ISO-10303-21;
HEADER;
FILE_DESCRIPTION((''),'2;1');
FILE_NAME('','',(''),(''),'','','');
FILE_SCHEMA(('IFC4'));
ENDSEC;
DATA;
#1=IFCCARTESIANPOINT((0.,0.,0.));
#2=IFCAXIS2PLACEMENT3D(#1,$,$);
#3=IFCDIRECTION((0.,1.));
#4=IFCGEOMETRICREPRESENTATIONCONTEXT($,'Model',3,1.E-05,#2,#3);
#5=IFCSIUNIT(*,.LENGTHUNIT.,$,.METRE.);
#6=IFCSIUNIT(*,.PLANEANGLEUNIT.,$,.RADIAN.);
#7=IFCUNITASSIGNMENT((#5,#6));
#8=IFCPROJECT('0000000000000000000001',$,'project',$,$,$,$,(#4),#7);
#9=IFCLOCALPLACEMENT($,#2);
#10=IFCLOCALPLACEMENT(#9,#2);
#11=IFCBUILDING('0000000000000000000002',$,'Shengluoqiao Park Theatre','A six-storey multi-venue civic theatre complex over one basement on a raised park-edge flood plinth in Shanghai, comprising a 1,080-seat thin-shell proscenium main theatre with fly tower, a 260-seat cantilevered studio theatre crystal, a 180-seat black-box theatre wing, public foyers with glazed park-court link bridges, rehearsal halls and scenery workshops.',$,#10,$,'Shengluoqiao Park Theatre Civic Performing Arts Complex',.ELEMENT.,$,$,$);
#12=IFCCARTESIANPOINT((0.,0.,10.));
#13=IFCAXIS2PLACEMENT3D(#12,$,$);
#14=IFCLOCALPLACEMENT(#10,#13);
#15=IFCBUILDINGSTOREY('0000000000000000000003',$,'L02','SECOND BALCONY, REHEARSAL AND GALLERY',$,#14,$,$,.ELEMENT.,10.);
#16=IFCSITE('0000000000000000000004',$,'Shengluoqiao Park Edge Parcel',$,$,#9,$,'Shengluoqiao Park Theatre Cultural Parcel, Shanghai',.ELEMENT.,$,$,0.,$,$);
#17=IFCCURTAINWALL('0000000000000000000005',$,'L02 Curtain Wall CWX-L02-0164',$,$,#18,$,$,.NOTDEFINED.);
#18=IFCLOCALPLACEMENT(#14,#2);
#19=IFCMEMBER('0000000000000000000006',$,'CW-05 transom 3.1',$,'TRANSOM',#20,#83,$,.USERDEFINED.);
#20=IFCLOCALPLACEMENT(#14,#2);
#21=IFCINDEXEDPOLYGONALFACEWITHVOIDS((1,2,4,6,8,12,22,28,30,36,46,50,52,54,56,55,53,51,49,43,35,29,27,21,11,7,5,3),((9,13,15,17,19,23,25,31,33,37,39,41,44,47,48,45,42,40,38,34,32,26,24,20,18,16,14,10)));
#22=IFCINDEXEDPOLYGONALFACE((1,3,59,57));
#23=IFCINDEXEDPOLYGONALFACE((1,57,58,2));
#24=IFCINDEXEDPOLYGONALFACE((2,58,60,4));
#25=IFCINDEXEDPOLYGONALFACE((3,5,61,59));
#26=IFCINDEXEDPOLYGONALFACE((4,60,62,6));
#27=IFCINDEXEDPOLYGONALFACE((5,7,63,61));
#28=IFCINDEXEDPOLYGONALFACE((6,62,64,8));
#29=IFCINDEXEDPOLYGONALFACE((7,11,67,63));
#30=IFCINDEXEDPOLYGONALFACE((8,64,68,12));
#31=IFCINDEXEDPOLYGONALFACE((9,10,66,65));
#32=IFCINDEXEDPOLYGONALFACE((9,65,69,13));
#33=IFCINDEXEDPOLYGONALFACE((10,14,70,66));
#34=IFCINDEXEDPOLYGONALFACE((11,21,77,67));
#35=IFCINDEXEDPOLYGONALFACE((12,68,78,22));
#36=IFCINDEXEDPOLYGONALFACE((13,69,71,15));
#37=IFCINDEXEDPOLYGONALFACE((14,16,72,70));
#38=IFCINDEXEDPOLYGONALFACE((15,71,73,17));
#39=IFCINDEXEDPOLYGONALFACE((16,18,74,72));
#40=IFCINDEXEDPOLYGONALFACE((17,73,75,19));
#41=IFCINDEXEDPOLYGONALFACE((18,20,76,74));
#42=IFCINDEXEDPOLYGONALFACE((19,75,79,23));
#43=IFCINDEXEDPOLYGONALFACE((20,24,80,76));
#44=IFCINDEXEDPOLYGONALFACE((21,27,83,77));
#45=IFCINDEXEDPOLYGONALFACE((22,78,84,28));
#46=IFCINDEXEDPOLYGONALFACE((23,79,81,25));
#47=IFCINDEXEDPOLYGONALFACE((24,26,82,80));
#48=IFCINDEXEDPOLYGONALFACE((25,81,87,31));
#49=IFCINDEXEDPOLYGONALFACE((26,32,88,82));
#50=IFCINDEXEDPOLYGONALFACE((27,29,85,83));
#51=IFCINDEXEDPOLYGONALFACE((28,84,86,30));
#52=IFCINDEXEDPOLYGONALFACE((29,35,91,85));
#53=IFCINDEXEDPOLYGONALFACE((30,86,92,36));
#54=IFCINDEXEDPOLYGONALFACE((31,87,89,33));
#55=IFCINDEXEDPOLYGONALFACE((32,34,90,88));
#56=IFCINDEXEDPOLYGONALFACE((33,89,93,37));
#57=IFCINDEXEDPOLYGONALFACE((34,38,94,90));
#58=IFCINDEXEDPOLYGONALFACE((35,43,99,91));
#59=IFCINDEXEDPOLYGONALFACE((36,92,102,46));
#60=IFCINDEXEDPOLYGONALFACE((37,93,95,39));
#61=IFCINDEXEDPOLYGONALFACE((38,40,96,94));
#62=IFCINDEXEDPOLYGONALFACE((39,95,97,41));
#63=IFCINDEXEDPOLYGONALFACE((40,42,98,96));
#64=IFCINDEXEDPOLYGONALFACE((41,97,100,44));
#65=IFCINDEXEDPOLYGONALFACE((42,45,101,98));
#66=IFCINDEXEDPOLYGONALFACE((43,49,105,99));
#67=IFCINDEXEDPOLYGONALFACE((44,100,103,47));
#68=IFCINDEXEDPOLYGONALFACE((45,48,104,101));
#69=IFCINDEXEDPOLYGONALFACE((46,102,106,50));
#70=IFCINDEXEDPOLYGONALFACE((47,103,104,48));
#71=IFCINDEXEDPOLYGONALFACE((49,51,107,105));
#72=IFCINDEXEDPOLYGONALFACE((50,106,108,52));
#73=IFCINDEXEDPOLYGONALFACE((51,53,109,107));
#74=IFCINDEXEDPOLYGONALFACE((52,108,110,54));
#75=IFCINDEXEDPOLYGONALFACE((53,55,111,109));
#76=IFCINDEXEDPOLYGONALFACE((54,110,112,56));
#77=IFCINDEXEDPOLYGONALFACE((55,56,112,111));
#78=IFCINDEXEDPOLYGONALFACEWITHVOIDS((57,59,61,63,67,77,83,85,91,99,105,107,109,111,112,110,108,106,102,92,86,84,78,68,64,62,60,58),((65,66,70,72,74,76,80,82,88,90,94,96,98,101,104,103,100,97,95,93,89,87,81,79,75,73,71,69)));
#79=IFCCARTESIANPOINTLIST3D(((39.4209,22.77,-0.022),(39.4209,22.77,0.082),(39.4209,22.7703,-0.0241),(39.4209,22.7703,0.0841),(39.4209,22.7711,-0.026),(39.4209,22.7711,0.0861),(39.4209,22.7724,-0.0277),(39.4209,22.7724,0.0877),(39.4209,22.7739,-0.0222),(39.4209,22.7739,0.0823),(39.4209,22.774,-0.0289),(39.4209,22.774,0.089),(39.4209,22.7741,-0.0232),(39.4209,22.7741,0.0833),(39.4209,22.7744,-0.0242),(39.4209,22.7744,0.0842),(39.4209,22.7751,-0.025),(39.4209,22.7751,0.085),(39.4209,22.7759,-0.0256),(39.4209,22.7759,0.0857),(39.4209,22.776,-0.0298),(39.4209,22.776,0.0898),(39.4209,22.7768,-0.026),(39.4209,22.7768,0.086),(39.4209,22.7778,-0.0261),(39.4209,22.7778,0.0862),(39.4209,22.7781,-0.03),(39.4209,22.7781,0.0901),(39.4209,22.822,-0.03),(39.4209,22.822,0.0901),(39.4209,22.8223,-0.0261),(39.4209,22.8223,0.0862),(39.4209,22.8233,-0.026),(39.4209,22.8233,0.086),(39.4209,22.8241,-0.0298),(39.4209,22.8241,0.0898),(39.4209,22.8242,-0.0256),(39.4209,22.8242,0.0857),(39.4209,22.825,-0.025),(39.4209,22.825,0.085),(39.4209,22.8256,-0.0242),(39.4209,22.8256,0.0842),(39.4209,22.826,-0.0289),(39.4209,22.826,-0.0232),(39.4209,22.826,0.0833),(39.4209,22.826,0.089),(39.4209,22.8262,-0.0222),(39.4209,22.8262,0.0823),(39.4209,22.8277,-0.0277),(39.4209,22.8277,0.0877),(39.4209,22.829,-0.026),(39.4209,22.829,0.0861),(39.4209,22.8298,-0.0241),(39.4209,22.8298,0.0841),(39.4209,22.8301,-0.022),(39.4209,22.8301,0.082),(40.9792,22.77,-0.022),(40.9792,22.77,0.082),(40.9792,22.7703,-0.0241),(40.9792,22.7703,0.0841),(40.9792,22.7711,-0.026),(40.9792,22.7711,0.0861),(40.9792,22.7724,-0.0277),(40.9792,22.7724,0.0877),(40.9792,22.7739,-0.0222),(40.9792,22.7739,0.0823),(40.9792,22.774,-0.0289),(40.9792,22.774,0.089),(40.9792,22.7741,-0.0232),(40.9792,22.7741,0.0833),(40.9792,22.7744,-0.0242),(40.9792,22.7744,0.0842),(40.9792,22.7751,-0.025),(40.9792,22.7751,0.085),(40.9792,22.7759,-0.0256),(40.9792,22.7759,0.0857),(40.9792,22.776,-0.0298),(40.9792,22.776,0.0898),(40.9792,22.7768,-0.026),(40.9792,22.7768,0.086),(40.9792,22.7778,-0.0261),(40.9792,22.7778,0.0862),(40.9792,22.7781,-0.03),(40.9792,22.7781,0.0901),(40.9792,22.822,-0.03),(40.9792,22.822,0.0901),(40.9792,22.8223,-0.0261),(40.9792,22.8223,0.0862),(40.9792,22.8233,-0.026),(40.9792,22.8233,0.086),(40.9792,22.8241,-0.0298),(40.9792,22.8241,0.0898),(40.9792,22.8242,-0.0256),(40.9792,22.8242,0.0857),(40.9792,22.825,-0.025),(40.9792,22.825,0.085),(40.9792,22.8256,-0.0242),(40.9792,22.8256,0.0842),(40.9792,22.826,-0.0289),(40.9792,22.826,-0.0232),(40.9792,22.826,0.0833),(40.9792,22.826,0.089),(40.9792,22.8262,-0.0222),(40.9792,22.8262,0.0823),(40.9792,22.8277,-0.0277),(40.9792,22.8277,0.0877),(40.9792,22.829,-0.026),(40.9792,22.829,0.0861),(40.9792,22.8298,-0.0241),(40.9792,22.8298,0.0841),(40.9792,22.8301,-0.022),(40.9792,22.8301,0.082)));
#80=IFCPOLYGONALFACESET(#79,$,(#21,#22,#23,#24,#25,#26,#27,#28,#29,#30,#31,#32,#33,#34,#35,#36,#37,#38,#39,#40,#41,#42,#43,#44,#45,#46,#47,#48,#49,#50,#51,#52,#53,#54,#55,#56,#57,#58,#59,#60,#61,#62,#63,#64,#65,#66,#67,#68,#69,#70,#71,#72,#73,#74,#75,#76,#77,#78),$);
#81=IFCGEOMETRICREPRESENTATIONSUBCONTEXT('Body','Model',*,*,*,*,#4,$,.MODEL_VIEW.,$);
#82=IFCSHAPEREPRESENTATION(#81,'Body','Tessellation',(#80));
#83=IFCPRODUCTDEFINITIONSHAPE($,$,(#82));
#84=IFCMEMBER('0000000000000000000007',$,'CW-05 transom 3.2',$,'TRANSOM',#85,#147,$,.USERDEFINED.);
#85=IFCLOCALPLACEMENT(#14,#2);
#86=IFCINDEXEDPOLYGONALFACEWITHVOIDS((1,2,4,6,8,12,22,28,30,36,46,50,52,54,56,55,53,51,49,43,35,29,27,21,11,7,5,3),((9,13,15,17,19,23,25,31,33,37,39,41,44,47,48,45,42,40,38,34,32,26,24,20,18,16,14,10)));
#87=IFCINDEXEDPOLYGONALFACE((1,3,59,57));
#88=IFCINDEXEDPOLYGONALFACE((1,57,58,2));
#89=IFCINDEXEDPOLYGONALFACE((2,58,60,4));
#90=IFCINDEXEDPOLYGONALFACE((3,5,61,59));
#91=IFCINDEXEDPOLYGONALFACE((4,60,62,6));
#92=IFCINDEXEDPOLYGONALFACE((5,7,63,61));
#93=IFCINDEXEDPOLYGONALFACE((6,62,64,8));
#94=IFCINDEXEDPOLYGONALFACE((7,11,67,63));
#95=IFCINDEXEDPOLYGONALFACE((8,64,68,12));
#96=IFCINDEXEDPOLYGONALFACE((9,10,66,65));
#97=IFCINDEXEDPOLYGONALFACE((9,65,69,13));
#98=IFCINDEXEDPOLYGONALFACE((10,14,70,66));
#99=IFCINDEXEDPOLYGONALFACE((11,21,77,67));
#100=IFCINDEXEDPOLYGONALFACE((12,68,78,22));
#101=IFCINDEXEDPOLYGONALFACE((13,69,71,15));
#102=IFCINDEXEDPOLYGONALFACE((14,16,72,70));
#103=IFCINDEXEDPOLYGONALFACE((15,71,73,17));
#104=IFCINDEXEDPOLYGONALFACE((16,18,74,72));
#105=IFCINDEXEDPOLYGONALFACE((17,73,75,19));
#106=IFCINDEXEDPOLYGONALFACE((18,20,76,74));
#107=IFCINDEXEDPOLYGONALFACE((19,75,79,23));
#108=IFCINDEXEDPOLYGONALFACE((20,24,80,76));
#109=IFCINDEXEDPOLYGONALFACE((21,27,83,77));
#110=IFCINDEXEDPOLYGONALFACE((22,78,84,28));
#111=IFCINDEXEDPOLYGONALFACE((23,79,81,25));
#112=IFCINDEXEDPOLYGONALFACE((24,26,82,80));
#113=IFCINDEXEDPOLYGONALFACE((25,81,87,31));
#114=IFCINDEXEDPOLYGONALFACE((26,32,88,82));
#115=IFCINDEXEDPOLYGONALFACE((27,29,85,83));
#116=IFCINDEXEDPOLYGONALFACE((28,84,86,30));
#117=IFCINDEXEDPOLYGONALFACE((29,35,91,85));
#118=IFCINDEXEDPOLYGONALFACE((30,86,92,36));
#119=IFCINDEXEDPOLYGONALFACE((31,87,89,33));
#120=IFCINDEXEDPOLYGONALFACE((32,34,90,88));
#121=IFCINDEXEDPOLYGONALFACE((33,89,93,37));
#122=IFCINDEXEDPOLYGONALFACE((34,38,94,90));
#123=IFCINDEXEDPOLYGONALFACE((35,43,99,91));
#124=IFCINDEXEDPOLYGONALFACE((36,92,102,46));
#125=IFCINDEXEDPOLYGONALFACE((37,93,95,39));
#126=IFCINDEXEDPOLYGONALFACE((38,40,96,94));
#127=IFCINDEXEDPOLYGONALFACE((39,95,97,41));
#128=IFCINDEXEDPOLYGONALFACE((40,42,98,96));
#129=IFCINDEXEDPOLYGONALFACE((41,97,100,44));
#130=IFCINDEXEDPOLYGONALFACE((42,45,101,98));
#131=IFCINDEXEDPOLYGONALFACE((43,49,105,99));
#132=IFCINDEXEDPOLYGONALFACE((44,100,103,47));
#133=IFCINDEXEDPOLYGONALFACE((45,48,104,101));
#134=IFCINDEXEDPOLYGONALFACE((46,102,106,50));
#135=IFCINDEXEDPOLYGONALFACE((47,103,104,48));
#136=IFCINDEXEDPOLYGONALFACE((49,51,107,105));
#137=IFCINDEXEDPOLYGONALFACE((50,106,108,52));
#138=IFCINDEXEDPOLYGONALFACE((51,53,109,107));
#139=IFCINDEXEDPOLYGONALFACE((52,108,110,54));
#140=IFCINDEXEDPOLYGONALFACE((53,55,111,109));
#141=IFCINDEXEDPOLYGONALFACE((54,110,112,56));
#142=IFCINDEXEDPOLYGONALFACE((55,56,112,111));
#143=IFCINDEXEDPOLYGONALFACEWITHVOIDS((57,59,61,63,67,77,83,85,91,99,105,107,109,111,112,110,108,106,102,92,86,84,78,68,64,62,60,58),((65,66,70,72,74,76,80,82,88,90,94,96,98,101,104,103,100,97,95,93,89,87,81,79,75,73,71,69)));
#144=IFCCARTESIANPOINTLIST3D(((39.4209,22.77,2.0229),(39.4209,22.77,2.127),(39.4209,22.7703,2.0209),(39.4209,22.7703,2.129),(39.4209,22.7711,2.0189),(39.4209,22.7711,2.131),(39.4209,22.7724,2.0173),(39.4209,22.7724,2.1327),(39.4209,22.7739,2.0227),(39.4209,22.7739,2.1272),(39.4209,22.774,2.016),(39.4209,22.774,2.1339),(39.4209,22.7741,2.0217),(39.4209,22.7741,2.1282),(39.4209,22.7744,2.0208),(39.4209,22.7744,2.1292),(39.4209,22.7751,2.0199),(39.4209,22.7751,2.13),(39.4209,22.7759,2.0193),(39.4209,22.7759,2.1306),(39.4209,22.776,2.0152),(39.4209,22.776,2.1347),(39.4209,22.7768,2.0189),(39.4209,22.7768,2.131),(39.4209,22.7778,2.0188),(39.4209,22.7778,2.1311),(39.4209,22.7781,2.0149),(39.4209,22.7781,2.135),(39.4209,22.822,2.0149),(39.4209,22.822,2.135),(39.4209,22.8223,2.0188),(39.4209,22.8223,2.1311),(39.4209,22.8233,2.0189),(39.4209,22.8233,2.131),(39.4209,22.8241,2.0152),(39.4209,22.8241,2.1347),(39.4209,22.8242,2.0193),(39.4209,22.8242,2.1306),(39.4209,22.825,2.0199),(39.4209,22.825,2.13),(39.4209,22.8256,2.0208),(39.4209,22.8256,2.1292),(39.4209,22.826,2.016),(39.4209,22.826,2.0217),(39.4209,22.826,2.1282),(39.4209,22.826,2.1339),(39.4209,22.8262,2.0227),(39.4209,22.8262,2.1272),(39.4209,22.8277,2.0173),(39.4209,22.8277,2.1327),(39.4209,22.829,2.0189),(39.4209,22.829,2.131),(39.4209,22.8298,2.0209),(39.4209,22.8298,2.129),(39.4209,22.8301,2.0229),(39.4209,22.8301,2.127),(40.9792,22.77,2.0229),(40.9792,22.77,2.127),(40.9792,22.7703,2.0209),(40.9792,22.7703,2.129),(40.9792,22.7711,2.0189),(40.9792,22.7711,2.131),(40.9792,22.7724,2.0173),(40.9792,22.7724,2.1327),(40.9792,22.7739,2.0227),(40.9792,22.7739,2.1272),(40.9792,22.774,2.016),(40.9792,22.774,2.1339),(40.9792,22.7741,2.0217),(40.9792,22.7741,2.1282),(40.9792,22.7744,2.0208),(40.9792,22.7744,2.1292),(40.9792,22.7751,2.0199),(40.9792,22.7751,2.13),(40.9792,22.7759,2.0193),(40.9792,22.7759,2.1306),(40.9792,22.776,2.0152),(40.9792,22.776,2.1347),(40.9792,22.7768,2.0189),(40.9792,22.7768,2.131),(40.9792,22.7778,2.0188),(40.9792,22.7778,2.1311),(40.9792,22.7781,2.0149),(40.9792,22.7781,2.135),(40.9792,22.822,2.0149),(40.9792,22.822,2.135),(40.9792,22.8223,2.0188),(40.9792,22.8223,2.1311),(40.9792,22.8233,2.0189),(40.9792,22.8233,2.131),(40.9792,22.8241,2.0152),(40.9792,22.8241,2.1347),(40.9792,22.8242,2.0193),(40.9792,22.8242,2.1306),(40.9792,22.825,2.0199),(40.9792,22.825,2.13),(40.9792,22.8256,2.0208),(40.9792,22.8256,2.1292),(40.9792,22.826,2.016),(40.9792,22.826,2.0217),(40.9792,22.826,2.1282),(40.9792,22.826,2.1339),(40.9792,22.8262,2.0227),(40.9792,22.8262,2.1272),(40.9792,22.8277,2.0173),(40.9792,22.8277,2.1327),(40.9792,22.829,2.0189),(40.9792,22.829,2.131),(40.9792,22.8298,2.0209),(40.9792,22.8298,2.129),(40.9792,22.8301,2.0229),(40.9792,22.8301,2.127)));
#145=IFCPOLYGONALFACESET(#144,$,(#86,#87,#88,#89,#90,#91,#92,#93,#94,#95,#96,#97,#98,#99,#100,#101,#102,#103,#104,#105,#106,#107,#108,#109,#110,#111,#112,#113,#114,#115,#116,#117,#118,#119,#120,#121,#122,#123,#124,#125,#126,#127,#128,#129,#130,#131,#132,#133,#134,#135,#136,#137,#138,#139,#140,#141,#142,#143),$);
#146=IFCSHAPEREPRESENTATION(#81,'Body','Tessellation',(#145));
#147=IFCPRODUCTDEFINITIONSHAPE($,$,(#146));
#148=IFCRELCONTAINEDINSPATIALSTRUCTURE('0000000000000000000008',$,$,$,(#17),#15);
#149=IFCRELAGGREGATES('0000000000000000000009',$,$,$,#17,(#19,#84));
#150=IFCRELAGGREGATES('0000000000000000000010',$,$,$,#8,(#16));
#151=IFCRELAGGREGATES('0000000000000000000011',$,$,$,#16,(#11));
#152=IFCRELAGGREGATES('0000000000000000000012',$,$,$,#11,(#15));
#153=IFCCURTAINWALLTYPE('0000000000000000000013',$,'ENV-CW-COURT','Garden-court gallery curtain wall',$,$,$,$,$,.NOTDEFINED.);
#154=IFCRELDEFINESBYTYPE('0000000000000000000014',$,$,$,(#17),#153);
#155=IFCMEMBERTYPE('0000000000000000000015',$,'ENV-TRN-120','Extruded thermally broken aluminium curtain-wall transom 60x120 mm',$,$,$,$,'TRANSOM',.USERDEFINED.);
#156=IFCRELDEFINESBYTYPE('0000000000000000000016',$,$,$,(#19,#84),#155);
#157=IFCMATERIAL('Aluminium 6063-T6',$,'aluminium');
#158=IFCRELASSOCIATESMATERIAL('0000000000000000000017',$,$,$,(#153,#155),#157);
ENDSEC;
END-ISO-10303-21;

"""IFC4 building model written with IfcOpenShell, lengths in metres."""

from ifc_helpers import new_model, si_unit, direction, frame, origin, origin_2d, place, context, subcontext, project, spatial, hollow_rectangle, extrude, material, material_profile, profile_set, type_object, element, aggregate, save


model = new_model("IFC4")

# Units and contexts
model_context = context("Model", 3, precision=1e-05, world=origin(), true_north=direction((0.0, 1.0)))
body_context = subcontext(model_context, "Body", "Model", "MODEL_VIEW")
ifc_project = project(units=[si_unit("LENGTHUNIT", "METRE"), si_unit("PLANEANGLEUNIT", "RADIAN")], contexts=[model_context])

# Site, building, storey
site_placement = place(None, origin())
site = spatial("IfcSite", under=ifc_project, at=site_placement, Name="Shengluoqiao Park Edge Parcel", LongName="Shengluoqiao Park Theatre Cultural Parcel, Shanghai", CompositionType="ELEMENT", RefElevation=0.0)
building_placement = place(site_placement, origin())
building = spatial("IfcBuilding", under=site, at=building_placement, Name="Shengluoqiao Park Theatre", Description="A six-storey multi-venue civic theatre complex over one basement on a raised park-edge flood plinth in Shanghai, comprising a 1,080-seat thin-shell proscenium main theatre with fly tower, a 260-seat cantilevered studio theatre crystal, a 180-seat black-box theatre wing, public foyers with glazed park-court link bridges, rehearsal halls and scenery workshops.", LongName="Shengluoqiao Park Theatre Civic Performing Arts Complex", CompositionType="ELEMENT")
storey_placement = place(building_placement, frame((0.0, 0.0, 10.0)))
storey = spatial("IfcBuildingStorey", under=building, at=storey_placement, Name="L02", Description="SECOND BALCONY, REHEARSAL AND GALLERY", CompositionType="ELEMENT", Elevation=10.0)

# Curtain wall, members
ifc_material_1 = material(Name="Aluminium 6063-T6", Category="aluminium")
curtain_wall_type = type_object("IfcCurtainWallType", Name="ENV-CW-COURT", Description="Garden-court gallery curtain wall", PredefinedType="NOTDEFINED", material=ifc_material_1)
curtain_wall_placement = place(storey_placement, origin())
curtain_wall = element("IfcCurtainWall", 1, at=curtain_wall_placement, inside=storey, type_object=curtain_wall_type, Name="L02 Curtain Wall CWX-L02-0164", PredefinedType="NOTDEFINED")
ifc_material_profile_1 = material_profile(ifc_material_1, hollow_rectangle(XDim=0.0601, YDim=0.1201, WallThickness=0.0039, InnerFilletRadius=0.0039, OuterFilletRadius=0.0081, at=origin_2d()), Name="ALU TRANSOM 120x60x4")
ifc_profile_set_1 = profile_set([ifc_material_profile_1], Name="Aluminium 6063-T6")
member_type_1 = type_object("IfcMemberType", Name="ENV-TRN-120", Description="Extruded thermally broken aluminium curtain-wall transom 60x120 mm", ElementType="TRANSOM", PredefinedType="USERDEFINED", material=ifc_profile_set_1)
member_1_placement = place(storey_placement, frame((39.4209, 22.8, 0.03), z_axis=(1.0, 0.0, 0.0), x_axis=(0.0, 1.0, 0.0)))
member_1 = element("IfcMember", 2, at=member_1_placement, type_object=member_type_1, Name="CW-05 transom 3.1", ObjectType="TRANSOM", PredefinedType="USERDEFINED", context=body_context, shape_type="SweptSolid", body=[
    extrude(hollow_rectangle(XDim=0.0601, YDim=0.1201, WallThickness=0.0039, InnerFilletRadius=0.0039, OuterFilletRadius=0.0081, at=origin_2d()), origin(), (0.0, 0.0, 1.0), 1.5583),
])
member_2_placement = place(storey_placement, frame((39.4209, 22.8, 2.075), z_axis=(1.0, 0.0, 0.0), x_axis=(0.0, 1.0, 0.0)))
member_2 = element("IfcMember", 3, at=member_2_placement, type_object=member_type_1, Name="CW-05 transom 3.2", ObjectType="TRANSOM", PredefinedType="USERDEFINED", context=body_context, shape_type="SweptSolid", body=[
    extrude(hollow_rectangle(XDim=0.0601, YDim=0.1201, WallThickness=0.0039, InnerFilletRadius=0.0039, OuterFilletRadius=0.0081, at=origin_2d()), origin(), (0.0, 0.0, 1.0), 1.5583),
])

aggregate(curtain_wall, [member_1, member_2])

save(model, "model.ifc")
